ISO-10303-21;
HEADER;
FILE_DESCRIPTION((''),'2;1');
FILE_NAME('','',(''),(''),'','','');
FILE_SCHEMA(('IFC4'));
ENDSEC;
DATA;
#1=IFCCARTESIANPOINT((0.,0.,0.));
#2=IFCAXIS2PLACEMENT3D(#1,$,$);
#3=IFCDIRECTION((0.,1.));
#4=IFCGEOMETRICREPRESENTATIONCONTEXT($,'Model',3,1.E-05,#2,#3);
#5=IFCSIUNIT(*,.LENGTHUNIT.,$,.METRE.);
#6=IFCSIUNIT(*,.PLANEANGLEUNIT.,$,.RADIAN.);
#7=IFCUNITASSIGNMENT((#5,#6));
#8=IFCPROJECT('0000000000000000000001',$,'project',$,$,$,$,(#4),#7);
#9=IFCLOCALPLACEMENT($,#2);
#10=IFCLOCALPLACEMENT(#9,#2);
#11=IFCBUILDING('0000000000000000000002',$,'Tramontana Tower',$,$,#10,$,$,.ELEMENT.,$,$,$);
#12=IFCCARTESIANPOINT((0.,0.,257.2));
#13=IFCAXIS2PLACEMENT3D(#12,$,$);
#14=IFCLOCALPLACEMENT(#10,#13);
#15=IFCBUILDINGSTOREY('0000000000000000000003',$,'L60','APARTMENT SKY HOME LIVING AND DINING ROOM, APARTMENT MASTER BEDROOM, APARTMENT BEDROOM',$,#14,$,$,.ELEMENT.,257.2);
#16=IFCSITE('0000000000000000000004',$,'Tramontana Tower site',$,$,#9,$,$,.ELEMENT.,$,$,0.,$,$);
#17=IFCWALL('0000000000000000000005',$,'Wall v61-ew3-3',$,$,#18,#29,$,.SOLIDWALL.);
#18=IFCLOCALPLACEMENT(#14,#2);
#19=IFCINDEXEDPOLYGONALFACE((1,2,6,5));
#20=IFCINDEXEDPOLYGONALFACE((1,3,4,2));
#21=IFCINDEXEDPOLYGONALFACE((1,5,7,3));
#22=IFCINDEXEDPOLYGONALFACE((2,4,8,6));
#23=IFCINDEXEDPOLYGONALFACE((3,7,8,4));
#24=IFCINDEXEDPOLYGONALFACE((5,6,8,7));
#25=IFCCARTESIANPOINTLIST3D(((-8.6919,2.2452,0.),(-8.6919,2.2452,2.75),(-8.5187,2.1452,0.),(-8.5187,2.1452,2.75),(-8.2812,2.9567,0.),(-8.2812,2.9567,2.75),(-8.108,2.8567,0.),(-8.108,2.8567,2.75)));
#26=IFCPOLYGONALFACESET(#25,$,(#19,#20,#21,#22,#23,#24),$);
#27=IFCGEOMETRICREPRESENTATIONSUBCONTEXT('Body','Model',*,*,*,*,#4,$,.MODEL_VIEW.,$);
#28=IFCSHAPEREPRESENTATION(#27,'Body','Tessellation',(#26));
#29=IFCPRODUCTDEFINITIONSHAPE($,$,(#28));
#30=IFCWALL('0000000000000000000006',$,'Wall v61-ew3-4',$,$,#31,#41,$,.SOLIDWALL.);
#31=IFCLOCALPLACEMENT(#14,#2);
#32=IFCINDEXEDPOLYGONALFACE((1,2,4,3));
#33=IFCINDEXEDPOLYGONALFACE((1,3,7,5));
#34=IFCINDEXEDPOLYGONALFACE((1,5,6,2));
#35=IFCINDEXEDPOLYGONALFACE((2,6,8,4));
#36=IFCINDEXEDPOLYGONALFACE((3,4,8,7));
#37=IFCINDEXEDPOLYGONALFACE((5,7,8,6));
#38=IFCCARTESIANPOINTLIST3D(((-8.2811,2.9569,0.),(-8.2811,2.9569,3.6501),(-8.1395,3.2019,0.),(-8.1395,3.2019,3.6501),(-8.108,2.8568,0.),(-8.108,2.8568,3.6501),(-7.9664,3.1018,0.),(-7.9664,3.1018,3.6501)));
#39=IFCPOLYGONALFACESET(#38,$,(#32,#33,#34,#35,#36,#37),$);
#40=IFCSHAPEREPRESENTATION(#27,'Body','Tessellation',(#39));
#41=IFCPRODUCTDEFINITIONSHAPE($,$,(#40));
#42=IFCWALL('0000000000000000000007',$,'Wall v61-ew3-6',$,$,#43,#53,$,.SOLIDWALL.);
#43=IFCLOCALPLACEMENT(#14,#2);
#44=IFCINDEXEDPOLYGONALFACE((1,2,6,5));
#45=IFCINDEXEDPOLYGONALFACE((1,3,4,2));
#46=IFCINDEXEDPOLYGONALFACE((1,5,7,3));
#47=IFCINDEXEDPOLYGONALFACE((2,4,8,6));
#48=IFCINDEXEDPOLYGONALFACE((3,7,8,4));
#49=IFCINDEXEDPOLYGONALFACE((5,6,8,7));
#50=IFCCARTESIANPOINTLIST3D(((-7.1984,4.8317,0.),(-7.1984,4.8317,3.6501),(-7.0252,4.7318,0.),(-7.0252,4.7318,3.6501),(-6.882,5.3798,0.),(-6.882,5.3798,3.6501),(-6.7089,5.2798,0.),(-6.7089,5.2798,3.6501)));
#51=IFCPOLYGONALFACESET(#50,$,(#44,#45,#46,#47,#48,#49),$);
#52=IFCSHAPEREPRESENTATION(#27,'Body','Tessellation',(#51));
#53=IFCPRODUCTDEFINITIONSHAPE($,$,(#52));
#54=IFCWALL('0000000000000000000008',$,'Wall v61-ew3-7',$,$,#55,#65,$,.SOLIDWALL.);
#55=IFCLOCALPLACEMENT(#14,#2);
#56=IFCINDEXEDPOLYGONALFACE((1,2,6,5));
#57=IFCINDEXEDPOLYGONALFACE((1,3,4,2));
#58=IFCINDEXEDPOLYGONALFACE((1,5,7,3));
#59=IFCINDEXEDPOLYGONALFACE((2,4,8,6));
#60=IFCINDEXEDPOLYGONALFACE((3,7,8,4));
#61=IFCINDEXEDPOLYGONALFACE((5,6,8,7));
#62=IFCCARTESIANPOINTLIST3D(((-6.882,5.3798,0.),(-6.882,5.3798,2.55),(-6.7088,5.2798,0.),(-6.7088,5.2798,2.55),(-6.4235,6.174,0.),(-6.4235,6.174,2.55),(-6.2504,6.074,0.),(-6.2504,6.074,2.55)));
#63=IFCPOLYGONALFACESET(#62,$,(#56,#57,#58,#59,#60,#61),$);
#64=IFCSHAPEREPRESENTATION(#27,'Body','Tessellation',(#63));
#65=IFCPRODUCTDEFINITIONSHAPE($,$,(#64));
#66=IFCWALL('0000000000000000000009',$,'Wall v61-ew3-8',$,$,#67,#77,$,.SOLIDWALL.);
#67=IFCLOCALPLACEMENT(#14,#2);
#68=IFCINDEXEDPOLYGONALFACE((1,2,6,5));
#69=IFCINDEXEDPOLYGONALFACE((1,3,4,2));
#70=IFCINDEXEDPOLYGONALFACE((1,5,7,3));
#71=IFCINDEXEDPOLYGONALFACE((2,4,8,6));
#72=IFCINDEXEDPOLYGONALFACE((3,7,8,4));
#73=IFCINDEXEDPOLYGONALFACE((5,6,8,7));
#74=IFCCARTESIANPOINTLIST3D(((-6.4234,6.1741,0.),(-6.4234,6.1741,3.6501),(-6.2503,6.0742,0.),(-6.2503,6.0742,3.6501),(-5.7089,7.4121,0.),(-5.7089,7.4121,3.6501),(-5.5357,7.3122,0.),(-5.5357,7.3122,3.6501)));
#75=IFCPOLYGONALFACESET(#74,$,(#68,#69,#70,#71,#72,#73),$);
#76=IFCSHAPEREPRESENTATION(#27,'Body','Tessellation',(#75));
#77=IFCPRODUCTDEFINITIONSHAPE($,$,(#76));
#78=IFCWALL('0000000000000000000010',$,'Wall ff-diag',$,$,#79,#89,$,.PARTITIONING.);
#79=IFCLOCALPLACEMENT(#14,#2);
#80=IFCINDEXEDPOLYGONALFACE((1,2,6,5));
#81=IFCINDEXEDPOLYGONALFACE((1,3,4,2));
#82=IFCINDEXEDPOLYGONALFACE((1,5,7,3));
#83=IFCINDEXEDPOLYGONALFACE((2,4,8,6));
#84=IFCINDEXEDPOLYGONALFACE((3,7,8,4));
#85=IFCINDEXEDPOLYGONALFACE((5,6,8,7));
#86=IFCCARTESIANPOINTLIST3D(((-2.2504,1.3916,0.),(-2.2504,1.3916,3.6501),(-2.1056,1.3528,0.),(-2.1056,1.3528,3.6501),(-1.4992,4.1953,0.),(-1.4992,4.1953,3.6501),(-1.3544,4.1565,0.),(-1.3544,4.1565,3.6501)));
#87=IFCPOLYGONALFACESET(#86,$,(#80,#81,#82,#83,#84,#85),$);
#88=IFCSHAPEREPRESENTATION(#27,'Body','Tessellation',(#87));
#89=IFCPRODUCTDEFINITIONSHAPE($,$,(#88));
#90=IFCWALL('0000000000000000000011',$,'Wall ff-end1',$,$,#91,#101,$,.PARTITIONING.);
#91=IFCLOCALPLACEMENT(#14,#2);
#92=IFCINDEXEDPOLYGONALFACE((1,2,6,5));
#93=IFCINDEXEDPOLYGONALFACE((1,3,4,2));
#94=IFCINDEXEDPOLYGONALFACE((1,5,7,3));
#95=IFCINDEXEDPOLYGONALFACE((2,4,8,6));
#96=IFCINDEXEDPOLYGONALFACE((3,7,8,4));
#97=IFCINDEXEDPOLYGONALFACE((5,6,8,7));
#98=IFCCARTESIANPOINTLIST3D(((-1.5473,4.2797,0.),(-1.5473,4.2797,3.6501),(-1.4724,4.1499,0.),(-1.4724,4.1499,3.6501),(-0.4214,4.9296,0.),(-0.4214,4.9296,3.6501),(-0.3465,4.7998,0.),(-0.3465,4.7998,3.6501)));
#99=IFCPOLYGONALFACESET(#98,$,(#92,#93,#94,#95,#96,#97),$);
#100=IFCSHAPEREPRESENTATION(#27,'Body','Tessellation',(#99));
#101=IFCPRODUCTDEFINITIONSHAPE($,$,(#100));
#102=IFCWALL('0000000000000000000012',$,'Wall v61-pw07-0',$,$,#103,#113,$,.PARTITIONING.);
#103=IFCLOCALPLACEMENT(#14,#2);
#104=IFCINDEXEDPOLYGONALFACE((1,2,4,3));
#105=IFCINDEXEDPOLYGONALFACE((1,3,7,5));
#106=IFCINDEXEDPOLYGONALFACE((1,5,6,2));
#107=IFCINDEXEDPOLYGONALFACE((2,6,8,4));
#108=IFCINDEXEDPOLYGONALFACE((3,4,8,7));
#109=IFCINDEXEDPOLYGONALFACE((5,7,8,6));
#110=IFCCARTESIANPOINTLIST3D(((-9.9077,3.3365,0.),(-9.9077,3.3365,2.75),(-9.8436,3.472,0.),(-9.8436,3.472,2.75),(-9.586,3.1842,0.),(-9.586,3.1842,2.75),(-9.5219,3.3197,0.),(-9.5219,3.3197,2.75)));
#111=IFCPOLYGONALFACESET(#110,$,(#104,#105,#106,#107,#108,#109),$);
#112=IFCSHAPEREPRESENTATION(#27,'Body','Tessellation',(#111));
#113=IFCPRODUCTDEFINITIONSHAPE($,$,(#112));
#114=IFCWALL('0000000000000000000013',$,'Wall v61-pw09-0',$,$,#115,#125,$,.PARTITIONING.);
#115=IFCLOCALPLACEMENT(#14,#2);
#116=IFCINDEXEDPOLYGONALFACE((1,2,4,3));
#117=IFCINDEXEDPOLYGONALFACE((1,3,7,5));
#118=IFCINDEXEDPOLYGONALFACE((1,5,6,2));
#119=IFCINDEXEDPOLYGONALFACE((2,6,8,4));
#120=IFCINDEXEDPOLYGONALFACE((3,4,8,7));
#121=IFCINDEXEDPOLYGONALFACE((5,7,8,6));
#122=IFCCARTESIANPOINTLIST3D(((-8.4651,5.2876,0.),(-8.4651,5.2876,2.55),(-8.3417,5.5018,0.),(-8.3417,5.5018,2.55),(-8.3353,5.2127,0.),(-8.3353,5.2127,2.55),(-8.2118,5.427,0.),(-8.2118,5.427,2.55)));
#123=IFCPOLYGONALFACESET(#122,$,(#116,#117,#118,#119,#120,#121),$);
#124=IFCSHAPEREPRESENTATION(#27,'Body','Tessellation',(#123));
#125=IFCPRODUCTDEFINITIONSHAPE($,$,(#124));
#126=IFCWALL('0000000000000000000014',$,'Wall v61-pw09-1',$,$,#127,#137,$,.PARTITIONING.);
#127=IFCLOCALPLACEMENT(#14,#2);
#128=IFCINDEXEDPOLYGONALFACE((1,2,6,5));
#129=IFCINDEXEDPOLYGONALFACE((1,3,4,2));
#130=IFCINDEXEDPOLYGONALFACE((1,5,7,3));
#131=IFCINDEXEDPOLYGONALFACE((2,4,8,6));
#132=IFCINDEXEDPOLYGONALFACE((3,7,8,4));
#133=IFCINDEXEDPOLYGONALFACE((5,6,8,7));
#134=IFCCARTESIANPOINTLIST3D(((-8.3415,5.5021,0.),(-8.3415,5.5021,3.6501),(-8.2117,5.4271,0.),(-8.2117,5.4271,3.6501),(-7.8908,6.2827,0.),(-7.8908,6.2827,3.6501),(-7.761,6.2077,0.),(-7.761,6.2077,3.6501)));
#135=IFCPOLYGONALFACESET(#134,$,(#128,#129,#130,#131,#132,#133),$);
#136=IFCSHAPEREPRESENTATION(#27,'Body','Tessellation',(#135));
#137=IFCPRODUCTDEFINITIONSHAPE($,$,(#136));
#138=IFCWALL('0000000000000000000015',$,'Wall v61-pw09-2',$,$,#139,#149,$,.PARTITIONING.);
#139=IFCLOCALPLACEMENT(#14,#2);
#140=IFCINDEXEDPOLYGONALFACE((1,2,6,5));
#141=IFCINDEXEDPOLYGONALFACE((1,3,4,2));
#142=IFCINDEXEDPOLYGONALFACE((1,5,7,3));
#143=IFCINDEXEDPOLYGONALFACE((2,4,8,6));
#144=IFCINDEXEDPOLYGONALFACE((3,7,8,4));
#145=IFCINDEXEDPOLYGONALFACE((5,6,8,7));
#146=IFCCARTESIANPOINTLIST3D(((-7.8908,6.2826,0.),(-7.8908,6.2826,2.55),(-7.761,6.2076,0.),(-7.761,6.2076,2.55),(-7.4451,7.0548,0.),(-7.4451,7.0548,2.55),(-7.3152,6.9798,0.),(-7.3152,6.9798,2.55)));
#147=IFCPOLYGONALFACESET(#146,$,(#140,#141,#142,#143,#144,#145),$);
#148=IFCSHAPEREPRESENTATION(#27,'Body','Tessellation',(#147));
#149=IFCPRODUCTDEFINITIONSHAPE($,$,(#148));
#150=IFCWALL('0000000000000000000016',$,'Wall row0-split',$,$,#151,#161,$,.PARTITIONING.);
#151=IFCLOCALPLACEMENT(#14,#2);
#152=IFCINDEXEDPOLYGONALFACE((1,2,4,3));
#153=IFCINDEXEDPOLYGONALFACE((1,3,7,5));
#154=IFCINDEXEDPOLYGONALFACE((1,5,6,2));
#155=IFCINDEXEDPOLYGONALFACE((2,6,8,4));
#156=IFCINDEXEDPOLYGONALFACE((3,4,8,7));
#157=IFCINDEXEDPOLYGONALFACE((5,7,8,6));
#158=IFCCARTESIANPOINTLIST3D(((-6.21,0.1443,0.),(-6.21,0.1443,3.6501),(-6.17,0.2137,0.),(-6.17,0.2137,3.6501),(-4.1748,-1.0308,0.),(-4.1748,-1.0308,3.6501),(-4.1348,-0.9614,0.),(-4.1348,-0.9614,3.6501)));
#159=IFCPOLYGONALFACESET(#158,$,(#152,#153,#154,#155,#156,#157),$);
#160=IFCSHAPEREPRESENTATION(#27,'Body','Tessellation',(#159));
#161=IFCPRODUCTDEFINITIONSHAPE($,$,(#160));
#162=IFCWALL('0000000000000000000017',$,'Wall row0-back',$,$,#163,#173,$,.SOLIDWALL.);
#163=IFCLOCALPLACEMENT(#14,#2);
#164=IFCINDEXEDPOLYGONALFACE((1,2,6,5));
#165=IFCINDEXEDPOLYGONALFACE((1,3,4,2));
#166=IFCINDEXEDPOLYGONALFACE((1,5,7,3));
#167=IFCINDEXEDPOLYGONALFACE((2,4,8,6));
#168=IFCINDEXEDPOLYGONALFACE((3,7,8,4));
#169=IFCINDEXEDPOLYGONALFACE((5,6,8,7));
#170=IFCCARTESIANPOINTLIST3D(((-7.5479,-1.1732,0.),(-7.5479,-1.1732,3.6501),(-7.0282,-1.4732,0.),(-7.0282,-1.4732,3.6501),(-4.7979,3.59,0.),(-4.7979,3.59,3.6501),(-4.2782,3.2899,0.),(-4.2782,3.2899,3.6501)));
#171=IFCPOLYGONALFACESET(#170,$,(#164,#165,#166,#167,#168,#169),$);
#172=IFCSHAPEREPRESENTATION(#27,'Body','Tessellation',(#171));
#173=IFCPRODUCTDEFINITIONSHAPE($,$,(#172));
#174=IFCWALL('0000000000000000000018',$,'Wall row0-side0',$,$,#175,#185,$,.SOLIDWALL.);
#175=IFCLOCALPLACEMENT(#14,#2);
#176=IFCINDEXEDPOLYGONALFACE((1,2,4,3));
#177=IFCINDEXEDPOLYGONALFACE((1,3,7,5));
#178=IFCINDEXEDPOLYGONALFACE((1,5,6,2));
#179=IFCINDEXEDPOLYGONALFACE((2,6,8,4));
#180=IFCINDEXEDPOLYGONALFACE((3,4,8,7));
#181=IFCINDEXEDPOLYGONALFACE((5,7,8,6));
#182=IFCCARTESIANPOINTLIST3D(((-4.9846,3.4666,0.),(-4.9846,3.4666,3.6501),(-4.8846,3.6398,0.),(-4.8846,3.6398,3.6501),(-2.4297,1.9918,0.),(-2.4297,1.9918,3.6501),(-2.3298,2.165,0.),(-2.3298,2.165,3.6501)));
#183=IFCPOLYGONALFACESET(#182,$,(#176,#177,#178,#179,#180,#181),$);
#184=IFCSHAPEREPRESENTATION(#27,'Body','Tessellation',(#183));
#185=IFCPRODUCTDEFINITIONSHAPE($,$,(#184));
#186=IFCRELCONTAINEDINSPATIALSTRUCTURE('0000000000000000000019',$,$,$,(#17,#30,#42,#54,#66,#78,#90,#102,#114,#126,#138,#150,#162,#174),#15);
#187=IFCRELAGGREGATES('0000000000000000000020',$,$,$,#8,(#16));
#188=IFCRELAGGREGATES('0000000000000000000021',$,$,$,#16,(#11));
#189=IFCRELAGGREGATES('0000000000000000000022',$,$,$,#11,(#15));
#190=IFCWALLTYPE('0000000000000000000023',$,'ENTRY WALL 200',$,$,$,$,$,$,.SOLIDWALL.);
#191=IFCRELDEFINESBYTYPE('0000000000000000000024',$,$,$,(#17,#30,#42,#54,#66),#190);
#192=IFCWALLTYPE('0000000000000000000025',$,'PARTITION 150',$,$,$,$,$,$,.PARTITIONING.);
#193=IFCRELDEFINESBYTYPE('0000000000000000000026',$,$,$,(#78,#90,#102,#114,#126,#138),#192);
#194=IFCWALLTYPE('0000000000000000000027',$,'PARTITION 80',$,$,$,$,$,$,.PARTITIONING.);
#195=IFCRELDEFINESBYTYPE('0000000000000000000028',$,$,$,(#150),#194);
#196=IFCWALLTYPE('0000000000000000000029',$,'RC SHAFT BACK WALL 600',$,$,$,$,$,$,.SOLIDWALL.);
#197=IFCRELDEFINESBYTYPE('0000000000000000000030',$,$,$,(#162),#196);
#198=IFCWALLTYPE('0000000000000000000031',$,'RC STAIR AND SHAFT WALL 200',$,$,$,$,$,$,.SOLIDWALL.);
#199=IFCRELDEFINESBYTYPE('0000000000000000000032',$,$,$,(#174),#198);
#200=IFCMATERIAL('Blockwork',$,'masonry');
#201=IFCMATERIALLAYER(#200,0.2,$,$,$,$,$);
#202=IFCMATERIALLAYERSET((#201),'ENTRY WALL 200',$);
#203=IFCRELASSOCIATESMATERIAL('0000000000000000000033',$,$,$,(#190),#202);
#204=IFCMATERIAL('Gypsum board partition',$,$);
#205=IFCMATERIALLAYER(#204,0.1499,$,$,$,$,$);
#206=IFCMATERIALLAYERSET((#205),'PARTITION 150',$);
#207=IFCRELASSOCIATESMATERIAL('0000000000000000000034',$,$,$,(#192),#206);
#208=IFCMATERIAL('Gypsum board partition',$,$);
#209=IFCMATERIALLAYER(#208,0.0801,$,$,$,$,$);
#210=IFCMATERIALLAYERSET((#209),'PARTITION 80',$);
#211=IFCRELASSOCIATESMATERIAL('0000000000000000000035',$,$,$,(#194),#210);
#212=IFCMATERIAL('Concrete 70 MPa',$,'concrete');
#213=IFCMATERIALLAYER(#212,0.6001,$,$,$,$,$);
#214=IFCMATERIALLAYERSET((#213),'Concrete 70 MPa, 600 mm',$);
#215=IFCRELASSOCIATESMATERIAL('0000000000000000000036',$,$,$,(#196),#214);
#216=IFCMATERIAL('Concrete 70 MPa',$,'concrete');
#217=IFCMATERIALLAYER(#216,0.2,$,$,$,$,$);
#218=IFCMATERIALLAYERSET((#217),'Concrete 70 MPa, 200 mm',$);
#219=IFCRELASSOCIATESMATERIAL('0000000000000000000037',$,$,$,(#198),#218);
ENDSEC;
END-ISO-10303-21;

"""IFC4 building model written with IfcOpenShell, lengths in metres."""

from ifc_helpers import new_model, si_unit, direction, frame, frame_2d, origin, place, context, subcontext, project, spatial, rectangle, extrude, material, layer, layer_set, type_object, element, save


model = new_model("IFC4")

# Units and contexts
model_context = context("Model", 3, precision=1e-05, world=origin(), true_north=direction((0.0, 1.0)))
body_context = subcontext(model_context, "Body", "Model", "MODEL_VIEW")
ifc_project = project(units=[si_unit("LENGTHUNIT", "METRE"), si_unit("PLANEANGLEUNIT", "RADIAN")], contexts=[model_context])

# Site, building, storey
site_placement = place(None, origin())
site = spatial("IfcSite", under=ifc_project, at=site_placement, Name="Tramontana Tower site", CompositionType="ELEMENT", RefElevation=0.0)
building_placement = place(site_placement, origin())
building = spatial("IfcBuilding", under=site, at=building_placement, Name="Tramontana Tower", CompositionType="ELEMENT")
storey_placement = place(building_placement, frame((0.0, 0.0, 257.2)))
storey = spatial("IfcBuildingStorey", under=building, at=storey_placement, Name="L60", Description="APARTMENT SKY HOME LIVING AND DINING ROOM, APARTMENT MASTER BEDROOM, APARTMENT BEDROOM", CompositionType="ELEMENT", Elevation=257.2)

# Walls
ifc_material_1 = material(Name="Blockwork", Category="masonry")
ifc_layer_1 = layer(ifc_material_1, 0.2)
ifc_layer_set_1 = layer_set([ifc_layer_1], Name="ENTRY WALL 200")
wall_type_1 = type_object("IfcWallType", Name="ENTRY WALL 200", PredefinedType="SOLIDWALL", material=ifc_layer_set_1)
wall_1_placement = place(storey_placement, frame((-8.6052, 2.1953, 0.0), z_axis=(0.0, 0.0, 1.0), x_axis=(0.499911, 0.866077, 0.0)))
element("IfcWall", 1, at=wall_1_placement, inside=storey, type_object=wall_type_1, Name="Wall v61-ew3-3", PredefinedType="SOLIDWALL", context=body_context, shape_type="SweptSolid", body=[
    extrude(rectangle(XDim=0.8215, YDim=0.2, at=frame_2d((0.4106, 0.0))), origin(), (0.0, 0.0, 1.0), 2.75),
])
wall_2_placement = place(storey_placement, frame((-8.1946, 2.9067, 0.0), z_axis=(0.0, 0.0, 1.0), x_axis=(0.50022, 0.865898, 0.0)))
element("IfcWall", 2, at=wall_2_placement, inside=storey, type_object=wall_type_1, Name="Wall v61-ew3-4", PredefinedType="SOLIDWALL", context=body_context, shape_type="SweptSolid", body=[
    extrude(rectangle(XDim=0.283, YDim=0.2, at=frame_2d((0.1416, 0.0))), origin(), (0.0, 0.0, 1.0), 3.6501),
])

# Walls
wall_3_placement = place(storey_placement, frame((-7.1118, 4.7817, 0.0), z_axis=(0.0, 0.0, 1.0), x_axis=(0.499956, 0.866051, 0.0)))
element("IfcWall", 3, at=wall_3_placement, inside=storey, type_object=wall_type_1, Name="Wall v61-ew3-6", PredefinedType="SOLIDWALL", context=body_context, shape_type="SweptSolid", body=[
    extrude(rectangle(XDim=0.6328, YDim=0.2, at=frame_2d((0.3164, 0.0))), origin(), (0.0, 0.0, 1.0), 3.6501),
])
wall_4_placement = place(storey_placement, frame((-6.7954, 5.3298, 0.0), z_axis=(0.0, 0.0, 1.0), x_axis=(0.499976, 0.866039, 0.0)))
element("IfcWall", 4, at=wall_4_placement, inside=storey, type_object=wall_type_1, Name="Wall v61-ew3-7", PredefinedType="SOLIDWALL", context=body_context, shape_type="SweptSolid", body=[
    extrude(rectangle(XDim=0.917, YDim=0.2, at=frame_2d((0.4585, 0.0))), origin(), (0.0, 0.0, 1.0), 2.55),
])
wall_5_placement = place(storey_placement, frame((-6.3369, 6.124, 0.0), z_axis=(0.0, 0.0, 1.0), x_axis=(0.499905, 0.86608, 0.0)))
element("IfcWall", 5, at=wall_5_placement, inside=storey, type_object=wall_type_1, Name="Wall v61-ew3-8", PredefinedType="SOLIDWALL", context=body_context, shape_type="SweptSolid", body=[
    extrude(rectangle(XDim=1.4294, YDim=0.2, at=frame_2d((0.7148, 0.0))), origin(), (0.0, 0.0, 1.0), 3.6501),
])
ifc_material_2 = material(Name="Gypsum board partition")
ifc_layer_2 = layer(ifc_material_2, 0.1499)
ifc_layer_set_2 = layer_set([ifc_layer_2], Name="PARTITION 150")
wall_type_2 = type_object("IfcWallType", Name="PARTITION 150", PredefinedType="PARTITIONING", material=ifc_layer_set_2)
wall_6_placement = place(storey_placement, frame((-2.178, 1.3723, 0.0), z_axis=(0.0, 0.0, 1.0), x_axis=(0.258809, 0.965929, 0.0)))
element("IfcWall", 6, at=wall_6_placement, inside=storey, type_object=wall_type_2, Name="Wall ff-diag", PredefinedType="PARTITIONING", context=body_context, shape_type="SweptSolid", body=[
    extrude(rectangle(XDim=2.9026, YDim=0.1499, at=frame_2d((1.4512, 0.0))), origin(), (0.0, 0.0, 1.0), 3.6501),
])
wall_7_placement = place(storey_placement, frame((-1.5098, 4.2148, 0.0), z_axis=(0.0, 0.0, 1.0), x_axis=(0.866086, 0.499896, 0.0)))
element("IfcWall", 7, at=wall_7_placement, inside=storey, type_object=wall_type_2, Name="Wall ff-end1", PredefinedType="PARTITIONING", context=body_context, shape_type="SweptSolid", body=[
    extrude(rectangle(XDim=1.3, YDim=0.1499, at=frame_2d((0.6499, 0.0))), origin(), (0.0, 0.0, 1.0), 3.6501),
])
wall_8_placement = place(storey_placement, frame((-9.554, 3.252, 0.0), z_axis=(0.0, 0.0, 1.0), x_axis=(-0.903822, 0.427909, 0.0)))
element("IfcWall", 8, at=wall_8_placement, inside=storey, type_object=wall_type_2, Name="Wall v61-pw07-0", PredefinedType="PARTITIONING", context=body_context, shape_type="SweptSolid", body=[
    extrude(rectangle(XDim=0.356, YDim=0.1499, at=frame_2d((0.178, 0.0))), origin(), (0.0, 0.0, 1.0), 2.75),
])
wall_9_placement = place(storey_placement, frame((-8.4001, 5.2502, 0.0), z_axis=(0.0, 0.0, 1.0), x_axis=(0.499324, 0.866415, 0.0)))
element("IfcWall", 9, at=wall_9_placement, inside=storey, type_object=wall_type_2, Name="Wall v61-pw09-0", PredefinedType="PARTITIONING", context=body_context, shape_type="SweptSolid", body=[
    extrude(rectangle(XDim=0.2473, YDim=0.1499, at=frame_2d((0.1235, 0.0))), origin(), (0.0, 0.0, 1.0), 2.55),
])
wall_10_placement = place(storey_placement, frame((-8.2766, 5.4646, 0.0), z_axis=(0.0, 0.0, 1.0), x_axis=(0.500043, 0.866001, 0.0)))
element("IfcWall", 10, at=wall_10_placement, inside=storey, type_object=wall_type_2, Name="Wall v61-pw09-1", PredefinedType="PARTITIONING", context=body_context, shape_type="SweptSolid", body=[
    extrude(rectangle(XDim=0.9014, YDim=0.1499, at=frame_2d((0.4507, 0.0))), origin(), (0.0, 0.0, 1.0), 3.6501),
])
wall_11_placement = place(storey_placement, frame((-7.8259, 6.2451, 0.0), z_axis=(0.0, 0.0, 1.0), x_axis=(0.499967, 0.866044, 0.0)))
element("IfcWall", 11, at=wall_11_placement, inside=storey, type_object=wall_type_2, Name="Wall v61-pw09-2", PredefinedType="PARTITIONING", context=body_context, shape_type="SweptSolid", body=[
    extrude(rectangle(XDim=0.8916, YDim=0.1499, at=frame_2d((0.4458, 0.0))), origin(), (0.0, 0.0, 1.0), 2.55),
])
ifc_material_3 = material(Name="Gypsum board partition")
ifc_layer_3 = layer(ifc_material_3, 0.0801)
ifc_layer_set_3 = layer_set([ifc_layer_3], Name="PARTITION 80")
wall_type_3 = type_object("IfcWallType", Name="PARTITION 80", PredefinedType="PARTITIONING", material=ifc_layer_set_3)
wall_12_placement = place(storey_placement, frame((-4.1548, -0.9961, 0.0), z_axis=(0.0, 0.0, 1.0), x_axis=(-0.866016, 0.500016, 0.0)))
element("IfcWall", 12, at=wall_12_placement, inside=storey, type_object=wall_type_3, Name="Wall row0-split", PredefinedType="PARTITIONING", context=body_context, shape_type="SweptSolid", body=[
    extrude(rectangle(XDim=2.3501, YDim=0.0801, at=frame_2d((1.175, 0.0))), origin(), (0.0, 0.0, 1.0), 3.6501),
])
ifc_material_4 = material(Name="Concrete 70 MPa", Category="concrete")
ifc_layer_4 = layer(ifc_material_4, 0.6001)
ifc_layer_set_4 = layer_set([ifc_layer_4], Name="Concrete 70 MPa, 600 mm")
wall_type_4 = type_object("IfcWallType", Name="RC SHAFT BACK WALL 600", PredefinedType="SOLIDWALL", material=ifc_layer_set_4)
wall_13_placement = place(storey_placement, frame((-4.5381, 3.4399, 0.0), z_axis=(0.0, 0.0, 1.0), x_axis=(-0.499997, -0.866027, 0.0)))
element("IfcWall", 13, at=wall_13_placement, inside=storey, type_object=wall_type_4, Name="Wall row0-back", PredefinedType="SOLIDWALL", context=body_context, shape_type="SweptSolid", body=[
    extrude(rectangle(XDim=5.5, YDim=0.6001, at=frame_2d((2.75, 0.0))), origin(), (0.0, 0.0, 1.0), 3.6501),
])

# Shared definitions
ifc_material_5 = material(Name="Concrete 70 MPa", Category="concrete")
ifc_layer_5 = layer(ifc_material_5, 0.2)
ifc_layer_set_5 = layer_set([ifc_layer_5], Name="Concrete 70 MPa, 200 mm")
wall_type_5 = type_object("IfcWallType", Name="RC STAIR AND SHAFT WALL 200", PredefinedType="SOLIDWALL", material=ifc_layer_set_5)

# Wall
wall_14_placement = place(storey_placement, frame((-2.3796, 2.0784, 0.0), z_axis=(0.0, 0.0, 1.0), x_axis=(-0.86606, 0.49994, 0.0)))
element("IfcWall", 14, at=wall_14_placement, inside=storey, type_object=wall_type_5, Name="Wall row0-side0", PredefinedType="SOLIDWALL", context=body_context, shape_type="SweptSolid", body=[
    extrude(rectangle(XDim=2.95, YDim=0.2, at=frame_2d((1.4751, 0.0))), origin(), (0.0, 0.0, 1.0), 3.6501),
])

save(model, "model.ifc")
